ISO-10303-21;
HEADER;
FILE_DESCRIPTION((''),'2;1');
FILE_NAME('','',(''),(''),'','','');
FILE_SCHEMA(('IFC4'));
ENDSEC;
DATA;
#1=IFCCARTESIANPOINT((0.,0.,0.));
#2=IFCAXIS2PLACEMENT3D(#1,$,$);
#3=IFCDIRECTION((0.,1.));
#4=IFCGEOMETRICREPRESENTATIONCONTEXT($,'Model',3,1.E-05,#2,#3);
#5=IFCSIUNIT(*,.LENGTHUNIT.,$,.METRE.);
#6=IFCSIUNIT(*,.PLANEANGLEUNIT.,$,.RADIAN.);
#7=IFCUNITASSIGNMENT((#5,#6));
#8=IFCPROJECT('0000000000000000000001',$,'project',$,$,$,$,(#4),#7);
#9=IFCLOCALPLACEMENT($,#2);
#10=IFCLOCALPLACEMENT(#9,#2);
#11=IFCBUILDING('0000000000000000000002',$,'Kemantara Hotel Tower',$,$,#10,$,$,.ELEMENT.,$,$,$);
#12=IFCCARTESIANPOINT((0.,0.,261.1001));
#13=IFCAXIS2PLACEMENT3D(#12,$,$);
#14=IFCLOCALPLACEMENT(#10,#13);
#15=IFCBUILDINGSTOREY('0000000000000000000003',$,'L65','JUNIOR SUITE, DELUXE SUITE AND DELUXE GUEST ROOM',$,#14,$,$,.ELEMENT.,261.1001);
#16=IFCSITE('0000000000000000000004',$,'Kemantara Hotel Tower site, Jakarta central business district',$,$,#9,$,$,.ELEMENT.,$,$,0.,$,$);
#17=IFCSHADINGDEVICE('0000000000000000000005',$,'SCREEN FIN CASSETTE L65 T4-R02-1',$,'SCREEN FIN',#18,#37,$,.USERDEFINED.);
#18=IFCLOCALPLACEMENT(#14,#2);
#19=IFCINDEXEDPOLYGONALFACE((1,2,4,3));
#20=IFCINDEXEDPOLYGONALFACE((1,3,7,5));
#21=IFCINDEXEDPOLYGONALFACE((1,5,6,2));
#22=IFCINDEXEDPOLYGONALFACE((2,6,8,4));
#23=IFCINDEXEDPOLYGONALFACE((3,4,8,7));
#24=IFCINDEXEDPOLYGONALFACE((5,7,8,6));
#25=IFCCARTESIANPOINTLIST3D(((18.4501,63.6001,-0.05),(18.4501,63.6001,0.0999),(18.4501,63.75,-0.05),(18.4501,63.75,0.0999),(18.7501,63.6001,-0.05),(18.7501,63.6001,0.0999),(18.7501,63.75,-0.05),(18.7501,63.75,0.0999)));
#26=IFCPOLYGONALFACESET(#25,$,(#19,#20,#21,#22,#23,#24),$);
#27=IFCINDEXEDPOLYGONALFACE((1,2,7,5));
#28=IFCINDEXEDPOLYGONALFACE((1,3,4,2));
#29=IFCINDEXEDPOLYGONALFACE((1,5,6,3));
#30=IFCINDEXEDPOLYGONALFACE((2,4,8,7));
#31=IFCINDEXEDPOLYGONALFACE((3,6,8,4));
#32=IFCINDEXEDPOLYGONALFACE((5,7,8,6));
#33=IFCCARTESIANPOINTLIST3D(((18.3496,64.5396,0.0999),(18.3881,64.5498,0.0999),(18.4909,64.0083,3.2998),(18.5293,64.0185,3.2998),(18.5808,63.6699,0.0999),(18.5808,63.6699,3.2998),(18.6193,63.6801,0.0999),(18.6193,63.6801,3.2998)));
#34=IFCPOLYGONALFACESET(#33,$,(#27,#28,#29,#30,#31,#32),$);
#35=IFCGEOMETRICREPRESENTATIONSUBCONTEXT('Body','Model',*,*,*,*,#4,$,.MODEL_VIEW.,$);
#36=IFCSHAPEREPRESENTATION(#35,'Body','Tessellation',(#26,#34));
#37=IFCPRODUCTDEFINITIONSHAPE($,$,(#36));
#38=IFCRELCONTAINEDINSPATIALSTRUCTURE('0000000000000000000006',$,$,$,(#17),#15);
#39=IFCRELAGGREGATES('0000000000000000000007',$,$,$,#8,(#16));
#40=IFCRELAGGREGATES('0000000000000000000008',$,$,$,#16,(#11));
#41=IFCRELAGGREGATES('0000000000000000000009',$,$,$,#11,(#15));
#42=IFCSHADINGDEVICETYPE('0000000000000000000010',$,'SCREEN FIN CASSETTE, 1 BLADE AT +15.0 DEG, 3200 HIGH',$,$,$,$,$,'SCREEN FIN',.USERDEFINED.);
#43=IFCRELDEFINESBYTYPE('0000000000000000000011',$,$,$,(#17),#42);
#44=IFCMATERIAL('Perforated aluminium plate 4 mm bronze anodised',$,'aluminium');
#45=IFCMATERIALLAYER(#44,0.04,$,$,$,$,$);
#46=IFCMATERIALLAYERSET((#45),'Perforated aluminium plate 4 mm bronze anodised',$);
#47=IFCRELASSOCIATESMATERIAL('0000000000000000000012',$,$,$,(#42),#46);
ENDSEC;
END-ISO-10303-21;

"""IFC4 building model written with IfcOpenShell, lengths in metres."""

from ifc_helpers import new_model, si_unit, direction, frame, origin, origin_2d, place, context, subcontext, project, spatial, polyline, rectangle, outline, extrude, source, transform, mapped, material, layer, layer_set, type_object, element, save


model = new_model("IFC4")

# Units and contexts
model_context = context("Model", 3, precision=1e-05, world=origin(), true_north=direction((0.0, 1.0)))
body_context = subcontext(model_context, "Body", "Model", "MODEL_VIEW")
ifc_project = project(units=[si_unit("LENGTHUNIT", "METRE"), si_unit("PLANEANGLEUNIT", "RADIAN")], contexts=[model_context])

# Site, building, storey
site_placement = place(None, origin())
site = spatial("IfcSite", under=ifc_project, at=site_placement, Name="Kemantara Hotel Tower site, Jakarta central business district", CompositionType="ELEMENT", RefElevation=0.0)
building_placement = place(site_placement, origin())
building = spatial("IfcBuilding", under=site, at=building_placement, Name="Kemantara Hotel Tower", CompositionType="ELEMENT")
storey_placement = place(building_placement, frame((0.0, 0.0, 261.1001)))
storey = spatial("IfcBuildingStorey", under=building, at=storey_placement, Name="L65", Description="JUNIOR SUITE, DELUXE SUITE AND DELUXE GUEST ROOM", CompositionType="ELEMENT", Elevation=261.1001)

# Shading device
ifc_material_1 = material(Name="Perforated aluminium plate 4 mm bronze anodised", Category="aluminium")
ifc_layer_1 = layer(ifc_material_1, 0.04)
ifc_layer_set_1 = layer_set([ifc_layer_1], Name="Perforated aluminium plate 4 mm bronze anodised")
shading_device_type_1 = type_object("IfcShadingDeviceType", Name="SCREEN FIN CASSETTE, 1 BLADE AT +15.0 DEG, 3200 HIGH", ElementType="SCREEN FIN", PredefinedType="USERDEFINED", material=ifc_layer_set_1)
shared_shape_1 = source(origin(), body_context, "Body", "SweptSolid", [
    extrude(rectangle(XDim=0.3, YDim=0.1499, at=origin_2d()), frame((0.0, -0.075, -0.1499), z_axis=(0.0, 0.0, 1.0), x_axis=(1.0, 0.0, 0.0)), (0.0, 0.0, 1.0), 0.1499),
    extrude(outline(polyline([(0.0, 0.0), (0.8999, 0.0), (0.3501, 3.2), (0.0, 3.2), (0.0, 0.0)])), frame((0.0193, -0.0698, 0.0), z_axis=(-0.966438, -0.256901, 0.0), x_axis=(0.256901, -0.966438, 0.0)), (0.0, 0.0, 1.0), 0.0398),
])
shading_device_1_placement = place(storey_placement, frame((18.6001, 63.6001, 0.0999), z_axis=(0.0, 0.0, 1.0), x_axis=(-1.0, 0.0, 0.0)))
element("IfcShadingDevice", 1, at=shading_device_1_placement, inside=storey, type_object=shading_device_type_1, Name="SCREEN FIN CASSETTE L65 T4-R02-1", ObjectType="SCREEN FIN", PredefinedType="USERDEFINED", context=body_context, shape_type="MappedRepresentation", body=[
    mapped(shared_shape_1, transform((0.0, 0.0, 0.0))),
])

save(model, "model.ifc")
